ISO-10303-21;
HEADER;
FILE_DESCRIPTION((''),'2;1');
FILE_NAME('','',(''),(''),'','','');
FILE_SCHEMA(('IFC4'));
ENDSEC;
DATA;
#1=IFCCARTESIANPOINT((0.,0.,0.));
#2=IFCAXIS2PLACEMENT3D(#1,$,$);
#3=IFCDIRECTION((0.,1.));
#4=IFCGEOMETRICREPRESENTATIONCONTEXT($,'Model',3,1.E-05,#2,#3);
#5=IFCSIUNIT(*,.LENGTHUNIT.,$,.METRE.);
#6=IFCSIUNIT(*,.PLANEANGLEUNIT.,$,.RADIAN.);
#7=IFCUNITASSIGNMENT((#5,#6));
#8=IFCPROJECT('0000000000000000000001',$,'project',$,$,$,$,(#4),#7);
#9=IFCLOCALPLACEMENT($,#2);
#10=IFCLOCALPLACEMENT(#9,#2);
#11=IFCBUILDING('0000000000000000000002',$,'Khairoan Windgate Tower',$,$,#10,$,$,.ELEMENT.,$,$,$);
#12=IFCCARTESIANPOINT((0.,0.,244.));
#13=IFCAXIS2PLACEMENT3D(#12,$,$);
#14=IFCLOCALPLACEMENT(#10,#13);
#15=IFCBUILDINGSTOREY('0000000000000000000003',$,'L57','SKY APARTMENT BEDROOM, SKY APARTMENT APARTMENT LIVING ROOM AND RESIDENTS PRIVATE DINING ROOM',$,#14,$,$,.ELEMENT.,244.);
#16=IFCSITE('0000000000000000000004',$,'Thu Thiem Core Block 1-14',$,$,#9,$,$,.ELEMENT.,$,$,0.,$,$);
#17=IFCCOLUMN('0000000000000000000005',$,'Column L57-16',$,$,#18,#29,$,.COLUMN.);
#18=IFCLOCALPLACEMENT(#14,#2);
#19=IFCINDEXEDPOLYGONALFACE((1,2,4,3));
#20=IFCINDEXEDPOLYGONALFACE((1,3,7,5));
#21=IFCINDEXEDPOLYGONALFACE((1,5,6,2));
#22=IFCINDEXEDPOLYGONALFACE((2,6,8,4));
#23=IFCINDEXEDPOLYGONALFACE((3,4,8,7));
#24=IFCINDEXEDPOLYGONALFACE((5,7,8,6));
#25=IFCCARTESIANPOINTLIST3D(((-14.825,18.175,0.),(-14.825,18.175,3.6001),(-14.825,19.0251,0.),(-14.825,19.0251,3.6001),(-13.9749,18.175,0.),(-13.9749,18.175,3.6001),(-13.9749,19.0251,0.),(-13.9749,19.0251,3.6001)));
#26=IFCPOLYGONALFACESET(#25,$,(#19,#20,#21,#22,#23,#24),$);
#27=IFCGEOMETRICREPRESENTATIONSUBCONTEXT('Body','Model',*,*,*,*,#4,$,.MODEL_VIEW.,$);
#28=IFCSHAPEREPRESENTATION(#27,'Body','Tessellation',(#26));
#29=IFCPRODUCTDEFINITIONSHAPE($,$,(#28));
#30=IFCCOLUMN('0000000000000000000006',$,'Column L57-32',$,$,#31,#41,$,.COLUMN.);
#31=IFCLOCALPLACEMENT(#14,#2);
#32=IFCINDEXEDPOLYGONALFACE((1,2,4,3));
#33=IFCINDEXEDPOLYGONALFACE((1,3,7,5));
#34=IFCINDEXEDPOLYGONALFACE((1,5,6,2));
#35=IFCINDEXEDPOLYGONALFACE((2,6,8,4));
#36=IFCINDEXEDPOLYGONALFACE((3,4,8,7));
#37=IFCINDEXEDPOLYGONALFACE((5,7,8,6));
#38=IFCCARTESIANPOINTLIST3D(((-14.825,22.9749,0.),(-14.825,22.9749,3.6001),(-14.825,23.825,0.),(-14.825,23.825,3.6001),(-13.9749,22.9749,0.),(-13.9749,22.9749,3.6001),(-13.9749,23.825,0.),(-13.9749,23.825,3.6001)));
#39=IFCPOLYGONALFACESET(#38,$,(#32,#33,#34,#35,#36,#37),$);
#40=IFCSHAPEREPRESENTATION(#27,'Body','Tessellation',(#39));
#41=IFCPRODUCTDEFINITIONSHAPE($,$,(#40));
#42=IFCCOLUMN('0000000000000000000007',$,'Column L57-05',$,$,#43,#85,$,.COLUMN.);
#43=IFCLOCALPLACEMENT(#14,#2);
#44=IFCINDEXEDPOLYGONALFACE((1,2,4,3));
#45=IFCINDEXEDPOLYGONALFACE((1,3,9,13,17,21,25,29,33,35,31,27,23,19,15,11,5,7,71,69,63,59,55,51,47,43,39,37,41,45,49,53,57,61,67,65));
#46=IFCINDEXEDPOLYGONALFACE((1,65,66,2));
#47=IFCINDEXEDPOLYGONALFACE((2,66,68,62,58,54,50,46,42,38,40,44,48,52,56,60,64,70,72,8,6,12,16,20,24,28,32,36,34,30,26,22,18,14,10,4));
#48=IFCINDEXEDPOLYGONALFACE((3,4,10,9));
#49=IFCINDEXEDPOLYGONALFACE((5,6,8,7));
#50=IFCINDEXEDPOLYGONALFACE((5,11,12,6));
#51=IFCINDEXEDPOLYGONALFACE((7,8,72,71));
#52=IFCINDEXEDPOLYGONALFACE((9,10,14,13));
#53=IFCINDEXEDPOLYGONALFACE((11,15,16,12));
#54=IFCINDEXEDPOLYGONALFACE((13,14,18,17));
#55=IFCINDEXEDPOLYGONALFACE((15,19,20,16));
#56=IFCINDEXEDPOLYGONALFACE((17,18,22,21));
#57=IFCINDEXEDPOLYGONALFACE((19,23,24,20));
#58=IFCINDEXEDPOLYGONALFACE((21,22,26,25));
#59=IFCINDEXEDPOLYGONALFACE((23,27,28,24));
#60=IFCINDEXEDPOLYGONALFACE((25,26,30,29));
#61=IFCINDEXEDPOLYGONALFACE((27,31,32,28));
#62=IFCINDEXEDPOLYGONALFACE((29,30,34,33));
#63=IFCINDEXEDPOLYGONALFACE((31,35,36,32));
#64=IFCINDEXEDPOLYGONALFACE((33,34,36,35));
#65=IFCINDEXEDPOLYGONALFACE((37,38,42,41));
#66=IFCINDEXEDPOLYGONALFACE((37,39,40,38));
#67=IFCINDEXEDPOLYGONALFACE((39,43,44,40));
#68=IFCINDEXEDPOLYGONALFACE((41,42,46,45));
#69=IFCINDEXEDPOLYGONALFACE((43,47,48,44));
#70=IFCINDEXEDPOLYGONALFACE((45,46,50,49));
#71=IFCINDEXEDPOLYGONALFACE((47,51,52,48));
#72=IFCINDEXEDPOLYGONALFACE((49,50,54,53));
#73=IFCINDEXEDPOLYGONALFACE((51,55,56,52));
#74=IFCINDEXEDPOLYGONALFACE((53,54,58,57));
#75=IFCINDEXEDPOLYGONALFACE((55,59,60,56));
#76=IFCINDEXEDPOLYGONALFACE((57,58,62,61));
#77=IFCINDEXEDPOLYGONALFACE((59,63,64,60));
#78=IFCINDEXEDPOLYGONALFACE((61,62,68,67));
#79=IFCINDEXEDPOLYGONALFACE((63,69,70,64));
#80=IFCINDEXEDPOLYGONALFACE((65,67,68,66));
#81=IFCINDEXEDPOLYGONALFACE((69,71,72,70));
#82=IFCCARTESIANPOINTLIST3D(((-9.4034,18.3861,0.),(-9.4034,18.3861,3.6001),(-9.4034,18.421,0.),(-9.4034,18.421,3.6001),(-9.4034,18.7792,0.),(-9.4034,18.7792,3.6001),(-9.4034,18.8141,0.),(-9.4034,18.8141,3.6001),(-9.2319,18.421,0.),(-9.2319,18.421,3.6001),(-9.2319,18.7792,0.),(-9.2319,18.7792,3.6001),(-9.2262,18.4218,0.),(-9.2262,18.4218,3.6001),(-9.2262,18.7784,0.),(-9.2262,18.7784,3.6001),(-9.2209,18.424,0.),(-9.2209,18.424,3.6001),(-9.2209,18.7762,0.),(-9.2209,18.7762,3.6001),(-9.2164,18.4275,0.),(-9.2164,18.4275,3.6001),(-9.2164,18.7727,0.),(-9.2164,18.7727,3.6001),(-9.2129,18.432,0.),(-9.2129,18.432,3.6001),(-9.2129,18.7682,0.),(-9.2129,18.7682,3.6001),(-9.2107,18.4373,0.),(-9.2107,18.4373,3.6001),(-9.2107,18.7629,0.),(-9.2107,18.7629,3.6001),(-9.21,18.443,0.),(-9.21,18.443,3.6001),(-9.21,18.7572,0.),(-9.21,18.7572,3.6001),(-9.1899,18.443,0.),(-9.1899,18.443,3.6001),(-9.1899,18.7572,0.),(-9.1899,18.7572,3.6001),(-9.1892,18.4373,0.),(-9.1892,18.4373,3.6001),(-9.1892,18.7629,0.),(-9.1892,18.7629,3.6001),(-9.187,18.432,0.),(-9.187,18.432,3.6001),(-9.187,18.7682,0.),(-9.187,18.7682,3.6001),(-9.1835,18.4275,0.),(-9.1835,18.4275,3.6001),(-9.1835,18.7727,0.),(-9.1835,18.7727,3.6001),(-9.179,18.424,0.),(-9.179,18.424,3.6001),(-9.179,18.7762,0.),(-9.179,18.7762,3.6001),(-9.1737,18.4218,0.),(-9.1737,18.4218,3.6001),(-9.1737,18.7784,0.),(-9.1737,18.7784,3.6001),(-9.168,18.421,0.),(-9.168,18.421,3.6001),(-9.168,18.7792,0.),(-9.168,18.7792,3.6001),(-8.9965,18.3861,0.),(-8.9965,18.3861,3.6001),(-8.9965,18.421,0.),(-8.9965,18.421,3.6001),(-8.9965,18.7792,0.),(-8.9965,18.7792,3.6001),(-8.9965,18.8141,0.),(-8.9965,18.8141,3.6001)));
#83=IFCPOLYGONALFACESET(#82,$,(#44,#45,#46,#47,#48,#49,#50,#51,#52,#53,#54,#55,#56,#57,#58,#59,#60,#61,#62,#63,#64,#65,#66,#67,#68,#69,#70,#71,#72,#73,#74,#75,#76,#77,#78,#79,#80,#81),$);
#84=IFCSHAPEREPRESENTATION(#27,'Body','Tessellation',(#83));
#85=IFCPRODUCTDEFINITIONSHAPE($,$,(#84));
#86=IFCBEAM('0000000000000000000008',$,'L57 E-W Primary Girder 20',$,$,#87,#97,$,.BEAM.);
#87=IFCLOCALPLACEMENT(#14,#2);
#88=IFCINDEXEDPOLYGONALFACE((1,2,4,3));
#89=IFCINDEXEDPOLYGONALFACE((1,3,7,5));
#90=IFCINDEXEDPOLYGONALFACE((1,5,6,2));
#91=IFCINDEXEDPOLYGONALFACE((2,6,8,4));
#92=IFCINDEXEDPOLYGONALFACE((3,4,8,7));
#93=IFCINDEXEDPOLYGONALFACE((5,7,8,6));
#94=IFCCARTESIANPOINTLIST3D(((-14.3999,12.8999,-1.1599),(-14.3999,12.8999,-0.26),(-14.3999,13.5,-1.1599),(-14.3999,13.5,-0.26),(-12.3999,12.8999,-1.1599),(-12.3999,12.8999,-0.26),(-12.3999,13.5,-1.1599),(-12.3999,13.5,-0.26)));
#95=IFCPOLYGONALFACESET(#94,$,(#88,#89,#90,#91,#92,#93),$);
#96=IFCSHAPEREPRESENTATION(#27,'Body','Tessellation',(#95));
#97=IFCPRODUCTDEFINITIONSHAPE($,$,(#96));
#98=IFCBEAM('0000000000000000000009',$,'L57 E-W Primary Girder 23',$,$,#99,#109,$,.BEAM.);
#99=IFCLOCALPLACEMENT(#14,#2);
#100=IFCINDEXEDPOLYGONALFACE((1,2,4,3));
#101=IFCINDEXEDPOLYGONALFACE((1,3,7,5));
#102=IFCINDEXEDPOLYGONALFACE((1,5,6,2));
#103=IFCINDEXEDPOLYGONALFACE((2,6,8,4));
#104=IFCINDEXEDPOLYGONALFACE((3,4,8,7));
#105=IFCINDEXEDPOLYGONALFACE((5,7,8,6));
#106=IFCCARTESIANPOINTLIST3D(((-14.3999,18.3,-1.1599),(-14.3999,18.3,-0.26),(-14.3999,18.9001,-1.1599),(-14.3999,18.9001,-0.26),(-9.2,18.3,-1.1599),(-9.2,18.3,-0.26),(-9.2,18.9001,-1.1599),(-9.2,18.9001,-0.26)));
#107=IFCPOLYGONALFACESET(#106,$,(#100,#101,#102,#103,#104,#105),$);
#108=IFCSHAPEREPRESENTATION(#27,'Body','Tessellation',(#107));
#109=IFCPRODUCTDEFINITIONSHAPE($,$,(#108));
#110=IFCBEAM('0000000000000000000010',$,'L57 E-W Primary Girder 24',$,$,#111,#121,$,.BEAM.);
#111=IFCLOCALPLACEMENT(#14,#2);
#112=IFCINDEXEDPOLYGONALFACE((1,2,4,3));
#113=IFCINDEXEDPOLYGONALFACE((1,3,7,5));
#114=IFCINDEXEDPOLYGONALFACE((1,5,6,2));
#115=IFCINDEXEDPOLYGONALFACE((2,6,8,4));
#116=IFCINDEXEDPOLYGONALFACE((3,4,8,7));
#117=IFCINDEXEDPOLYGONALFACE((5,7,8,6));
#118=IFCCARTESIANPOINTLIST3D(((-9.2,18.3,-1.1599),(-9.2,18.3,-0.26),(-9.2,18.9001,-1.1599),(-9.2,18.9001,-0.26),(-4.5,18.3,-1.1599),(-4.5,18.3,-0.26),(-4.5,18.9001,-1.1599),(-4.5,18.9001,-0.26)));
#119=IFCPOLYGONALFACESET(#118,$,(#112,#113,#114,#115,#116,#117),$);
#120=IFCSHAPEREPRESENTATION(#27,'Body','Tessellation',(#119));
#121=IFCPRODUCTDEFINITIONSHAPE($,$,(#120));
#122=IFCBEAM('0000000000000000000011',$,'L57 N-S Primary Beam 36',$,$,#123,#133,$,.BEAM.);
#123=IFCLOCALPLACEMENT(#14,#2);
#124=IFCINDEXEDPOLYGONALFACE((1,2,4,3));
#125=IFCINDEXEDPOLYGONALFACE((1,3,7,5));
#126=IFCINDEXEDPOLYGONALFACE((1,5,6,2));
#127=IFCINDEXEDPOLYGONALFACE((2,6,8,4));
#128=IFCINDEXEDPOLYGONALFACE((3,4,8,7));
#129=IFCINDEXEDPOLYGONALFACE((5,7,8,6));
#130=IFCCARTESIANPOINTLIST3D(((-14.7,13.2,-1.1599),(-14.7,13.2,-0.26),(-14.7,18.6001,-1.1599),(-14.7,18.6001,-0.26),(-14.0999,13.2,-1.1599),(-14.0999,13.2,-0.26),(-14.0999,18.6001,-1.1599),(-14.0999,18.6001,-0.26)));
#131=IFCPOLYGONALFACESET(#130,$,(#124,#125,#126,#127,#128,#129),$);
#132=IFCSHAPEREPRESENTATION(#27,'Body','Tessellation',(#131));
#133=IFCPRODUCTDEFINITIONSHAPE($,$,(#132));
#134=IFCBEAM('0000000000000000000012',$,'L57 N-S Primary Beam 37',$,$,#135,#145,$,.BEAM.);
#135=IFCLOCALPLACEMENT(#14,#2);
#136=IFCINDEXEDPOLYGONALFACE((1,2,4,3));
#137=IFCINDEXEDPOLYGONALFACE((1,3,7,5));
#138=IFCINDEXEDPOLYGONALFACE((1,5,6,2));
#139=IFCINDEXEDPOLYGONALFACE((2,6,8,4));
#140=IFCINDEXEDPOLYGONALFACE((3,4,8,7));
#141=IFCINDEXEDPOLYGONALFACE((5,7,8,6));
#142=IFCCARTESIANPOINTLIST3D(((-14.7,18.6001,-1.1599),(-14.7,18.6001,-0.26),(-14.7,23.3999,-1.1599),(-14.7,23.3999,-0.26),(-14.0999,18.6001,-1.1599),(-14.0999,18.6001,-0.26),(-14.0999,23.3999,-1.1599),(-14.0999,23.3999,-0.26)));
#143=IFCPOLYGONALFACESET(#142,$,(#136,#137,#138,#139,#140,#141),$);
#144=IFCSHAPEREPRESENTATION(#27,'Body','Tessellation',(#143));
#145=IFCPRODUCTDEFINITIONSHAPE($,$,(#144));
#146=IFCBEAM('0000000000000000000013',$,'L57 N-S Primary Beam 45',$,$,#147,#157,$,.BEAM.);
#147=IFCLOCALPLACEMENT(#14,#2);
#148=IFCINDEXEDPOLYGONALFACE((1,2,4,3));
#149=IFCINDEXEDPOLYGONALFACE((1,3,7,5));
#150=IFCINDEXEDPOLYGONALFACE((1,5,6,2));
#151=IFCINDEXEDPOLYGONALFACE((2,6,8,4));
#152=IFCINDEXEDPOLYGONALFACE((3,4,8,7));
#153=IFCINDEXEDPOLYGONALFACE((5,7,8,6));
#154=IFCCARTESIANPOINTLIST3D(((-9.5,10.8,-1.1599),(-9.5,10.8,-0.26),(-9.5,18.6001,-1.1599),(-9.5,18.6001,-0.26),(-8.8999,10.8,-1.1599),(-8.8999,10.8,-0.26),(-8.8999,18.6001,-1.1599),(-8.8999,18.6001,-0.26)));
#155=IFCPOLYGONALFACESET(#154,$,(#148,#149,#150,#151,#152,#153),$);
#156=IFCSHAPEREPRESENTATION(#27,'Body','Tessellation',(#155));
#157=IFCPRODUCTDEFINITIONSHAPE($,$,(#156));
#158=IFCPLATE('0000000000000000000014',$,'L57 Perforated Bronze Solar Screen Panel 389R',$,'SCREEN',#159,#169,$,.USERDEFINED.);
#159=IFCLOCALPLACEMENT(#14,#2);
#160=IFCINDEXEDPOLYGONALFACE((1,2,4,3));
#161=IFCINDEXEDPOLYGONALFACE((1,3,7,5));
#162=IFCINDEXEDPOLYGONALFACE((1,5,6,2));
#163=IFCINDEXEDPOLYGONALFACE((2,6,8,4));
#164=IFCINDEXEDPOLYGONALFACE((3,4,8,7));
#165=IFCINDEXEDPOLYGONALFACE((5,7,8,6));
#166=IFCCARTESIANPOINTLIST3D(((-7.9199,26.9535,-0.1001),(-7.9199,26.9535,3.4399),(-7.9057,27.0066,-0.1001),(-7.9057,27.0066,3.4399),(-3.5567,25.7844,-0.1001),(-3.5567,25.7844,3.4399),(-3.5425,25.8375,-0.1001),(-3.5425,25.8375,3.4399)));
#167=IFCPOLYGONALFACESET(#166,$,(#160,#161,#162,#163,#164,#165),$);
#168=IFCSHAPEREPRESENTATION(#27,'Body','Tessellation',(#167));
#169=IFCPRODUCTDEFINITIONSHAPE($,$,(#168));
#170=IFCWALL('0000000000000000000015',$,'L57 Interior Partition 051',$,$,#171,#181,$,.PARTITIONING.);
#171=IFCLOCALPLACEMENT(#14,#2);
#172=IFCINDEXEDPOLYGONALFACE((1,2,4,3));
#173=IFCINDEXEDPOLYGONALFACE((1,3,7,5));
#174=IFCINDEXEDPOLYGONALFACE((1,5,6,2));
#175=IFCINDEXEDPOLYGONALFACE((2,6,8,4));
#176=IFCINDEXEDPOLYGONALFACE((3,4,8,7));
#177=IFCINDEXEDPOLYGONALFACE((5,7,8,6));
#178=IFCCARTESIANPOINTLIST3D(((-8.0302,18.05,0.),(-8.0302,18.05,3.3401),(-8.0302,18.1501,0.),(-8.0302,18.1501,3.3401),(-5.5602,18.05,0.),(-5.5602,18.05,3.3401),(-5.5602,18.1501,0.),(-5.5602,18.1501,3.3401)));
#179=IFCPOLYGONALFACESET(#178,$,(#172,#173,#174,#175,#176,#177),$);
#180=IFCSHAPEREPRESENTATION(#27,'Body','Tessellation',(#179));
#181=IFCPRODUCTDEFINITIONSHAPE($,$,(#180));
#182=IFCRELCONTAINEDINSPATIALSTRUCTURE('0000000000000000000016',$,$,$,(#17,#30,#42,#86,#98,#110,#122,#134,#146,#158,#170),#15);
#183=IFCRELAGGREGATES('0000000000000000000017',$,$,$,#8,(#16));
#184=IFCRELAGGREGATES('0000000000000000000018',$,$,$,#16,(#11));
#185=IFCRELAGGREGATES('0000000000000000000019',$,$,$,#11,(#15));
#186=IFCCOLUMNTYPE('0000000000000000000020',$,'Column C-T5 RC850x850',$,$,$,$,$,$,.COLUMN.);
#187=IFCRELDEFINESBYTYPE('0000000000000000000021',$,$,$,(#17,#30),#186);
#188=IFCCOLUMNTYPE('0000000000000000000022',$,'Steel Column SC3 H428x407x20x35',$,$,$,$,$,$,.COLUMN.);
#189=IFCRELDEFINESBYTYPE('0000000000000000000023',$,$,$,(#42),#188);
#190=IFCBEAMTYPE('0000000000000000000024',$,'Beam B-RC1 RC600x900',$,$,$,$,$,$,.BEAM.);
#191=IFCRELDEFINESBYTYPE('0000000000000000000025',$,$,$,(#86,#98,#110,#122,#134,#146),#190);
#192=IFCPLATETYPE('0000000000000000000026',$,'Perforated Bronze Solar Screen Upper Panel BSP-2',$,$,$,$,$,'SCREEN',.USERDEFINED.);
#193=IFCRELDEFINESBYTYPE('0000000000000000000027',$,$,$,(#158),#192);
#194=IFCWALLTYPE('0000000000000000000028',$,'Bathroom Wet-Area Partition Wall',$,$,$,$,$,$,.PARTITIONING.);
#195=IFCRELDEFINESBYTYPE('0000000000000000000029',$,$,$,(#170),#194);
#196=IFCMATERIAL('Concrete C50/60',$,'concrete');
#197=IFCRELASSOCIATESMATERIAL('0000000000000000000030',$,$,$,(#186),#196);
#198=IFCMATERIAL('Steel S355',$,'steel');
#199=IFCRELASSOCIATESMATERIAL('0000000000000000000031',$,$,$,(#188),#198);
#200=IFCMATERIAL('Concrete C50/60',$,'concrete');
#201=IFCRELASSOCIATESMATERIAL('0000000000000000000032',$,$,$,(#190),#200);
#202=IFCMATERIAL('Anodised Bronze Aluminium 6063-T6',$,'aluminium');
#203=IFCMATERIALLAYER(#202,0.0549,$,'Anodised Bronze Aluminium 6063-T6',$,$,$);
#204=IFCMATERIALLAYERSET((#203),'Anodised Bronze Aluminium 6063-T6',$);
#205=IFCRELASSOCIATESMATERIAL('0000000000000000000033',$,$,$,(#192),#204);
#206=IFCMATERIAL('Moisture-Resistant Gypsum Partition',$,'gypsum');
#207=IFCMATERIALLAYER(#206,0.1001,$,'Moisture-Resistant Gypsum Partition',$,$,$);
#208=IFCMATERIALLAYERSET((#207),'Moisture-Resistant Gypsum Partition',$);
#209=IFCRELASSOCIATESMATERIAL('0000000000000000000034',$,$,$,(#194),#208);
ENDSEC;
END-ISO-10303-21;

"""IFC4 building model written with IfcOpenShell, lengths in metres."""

from ifc_helpers import new_model, si_unit, direction, frame, frame_2d, origin, origin_2d, place, context, subcontext, project, spatial, rectangle, i_section, extrude, material, layer, layer_set, material_profile, profile_set, type_object, element, save


model = new_model("IFC4")

# Units and contexts
model_context = context("Model", 3, precision=1e-05, world=origin(), true_north=direction((0.0, 1.0)))
body_context = subcontext(model_context, "Body", "Model", "MODEL_VIEW")
ifc_project = project(units=[si_unit("LENGTHUNIT", "METRE"), si_unit("PLANEANGLEUNIT", "RADIAN")], contexts=[model_context])

# Site, building, storey
site_placement = place(None, origin())
site = spatial("IfcSite", under=ifc_project, at=site_placement, Name="Thu Thiem Core Block 1-14", CompositionType="ELEMENT", RefElevation=0.0)
building_placement = place(site_placement, origin())
building = spatial("IfcBuilding", under=site, at=building_placement, Name="Khairoan Windgate Tower", CompositionType="ELEMENT")
storey_placement = place(building_placement, frame((0.0, 0.0, 244.0)))
storey = spatial("IfcBuildingStorey", under=building, at=storey_placement, Name="L57", Description="SKY APARTMENT BEDROOM, SKY APARTMENT APARTMENT LIVING ROOM AND RESIDENTS PRIVATE DINING ROOM", CompositionType="ELEMENT", Elevation=244.0)

# Columns
ifc_material_1 = material(Name="Concrete C50/60", Category="concrete")
ifc_material_profile_1 = material_profile(ifc_material_1, rectangle(XDim=0.8501, YDim=0.8501, at=origin_2d()))
ifc_profile_set_1 = profile_set([ifc_material_profile_1], Name="Concrete C50/60")
column_type_1 = type_object("IfcColumnType", Name="Column C-T5 RC850x850", PredefinedType="COLUMN", material=ifc_profile_set_1)
for number, where, z_axis, x_axis, name in (
    (1, (-14.3999, 18.6001, 0.0), (0.0, 0.0, 1.0), (1.0, 0.0, 0.0), "Column L57-16"),
    (2, (-14.3999, 23.3999, 0.0), (0.0, 0.0, 1.0), (1.0, 0.0, 0.0), "Column L57-32"),
):
    element("IfcColumn", number, at=place(storey_placement, frame(where, z_axis=z_axis, x_axis=x_axis)), inside=storey, type_object=column_type_1, Name=name, PredefinedType="COLUMN", context=body_context, shape_type="SweptSolid", body=[
        extrude(rectangle(XDim=0.8501, YDim=0.8501, at=origin_2d()), origin(), (0.0, 0.0, 1.0), 3.6001),
    ])
ifc_material_2 = material(Name="Steel S355", Category="steel")
ifc_material_profile_2 = material_profile(ifc_material_2, i_section(OverallWidth=0.407, OverallDepth=0.428, WebThickness=0.02, FlangeThickness=0.0349, FilletRadius=0.022, at=origin_2d()))
ifc_profile_set_2 = profile_set([ifc_material_profile_2], Name="Steel S355")
column_type_2 = type_object("IfcColumnType", Name="Steel Column SC3 H428x407x20x35", PredefinedType="COLUMN", material=ifc_profile_set_2)
column_placement = place(storey_placement, frame((-9.2, 18.6001, 0.0), z_axis=(0.0, 0.0, 1.0), x_axis=(1.0, 0.0, 0.0)))
element("IfcColumn", 3, at=column_placement, inside=storey, type_object=column_type_2, Name="Column L57-05", PredefinedType="COLUMN", context=body_context, shape_type="SweptSolid", body=[
    extrude(i_section(OverallWidth=0.407, OverallDepth=0.428, WebThickness=0.02, FlangeThickness=0.0349, FilletRadius=0.022, at=origin_2d()), origin(), (0.0, 0.0, 1.0), 3.6001),
])

# Beams
ifc_material_3 = material(Name="Concrete C50/60", Category="concrete")
ifc_material_profile_3 = material_profile(ifc_material_3, rectangle(XDim=0.6001, YDim=0.8999, at=origin_2d()))
ifc_profile_set_3 = profile_set([ifc_material_profile_3], Name="Concrete C50/60")
beam_type = type_object("IfcBeamType", Name="Beam B-RC1 RC600x900", PredefinedType="BEAM", material=ifc_profile_set_3)
beam_1_placement = place(storey_placement, frame((-14.3999, 13.2, -0.71), z_axis=(1.0, 0.0, 0.0), x_axis=(0.0, 1.0, 0.0)))
element("IfcBeam", 4, at=beam_1_placement, inside=storey, type_object=beam_type, Name="L57 E-W Primary Girder 20", PredefinedType="BEAM", context=body_context, shape_type="SweptSolid", body=[
    extrude(rectangle(XDim=0.6001, YDim=0.8999, at=origin_2d()), origin(), (0.0, 0.0, 1.0), 2.0),
])
beam_2_placement = place(storey_placement, frame((-14.3999, 18.6001, -0.71), z_axis=(1.0, 0.0, 0.0), x_axis=(0.0, 1.0, 0.0)))
element("IfcBeam", 5, at=beam_2_placement, inside=storey, type_object=beam_type, Name="L57 E-W Primary Girder 23", PredefinedType="BEAM", context=body_context, shape_type="SweptSolid", body=[
    extrude(rectangle(XDim=0.6001, YDim=0.8999, at=origin_2d()), origin(), (0.0, 0.0, 1.0), 5.2),
])
beam_3_placement = place(storey_placement, frame((-9.2, 18.6001, -0.71), z_axis=(1.0, 0.0, 0.0), x_axis=(0.0, 1.0, 0.0)))
element("IfcBeam", 6, at=beam_3_placement, inside=storey, type_object=beam_type, Name="L57 E-W Primary Girder 24", PredefinedType="BEAM", context=body_context, shape_type="SweptSolid", body=[
    extrude(rectangle(XDim=0.6001, YDim=0.8999, at=origin_2d()), origin(), (0.0, 0.0, 1.0), 4.7),
])
beam_4_placement = place(storey_placement, frame((-14.3999, 13.2, -0.71), z_axis=(0.0, 1.0, 0.0), x_axis=(-1.0, 0.0, 0.0)))
element("IfcBeam", 7, at=beam_4_placement, inside=storey, type_object=beam_type, Name="L57 N-S Primary Beam 36", PredefinedType="BEAM", context=body_context, shape_type="SweptSolid", body=[
    extrude(rectangle(XDim=0.6001, YDim=0.8999, at=origin_2d()), origin(), (0.0, 0.0, 1.0), 5.4001),
])
beam_5_placement = place(storey_placement, frame((-14.3999, 18.6001, -0.71), z_axis=(0.0, 1.0, 0.0), x_axis=(-1.0, 0.0, 0.0)))
element("IfcBeam", 8, at=beam_5_placement, inside=storey, type_object=beam_type, Name="L57 N-S Primary Beam 37", PredefinedType="BEAM", context=body_context, shape_type="SweptSolid", body=[
    extrude(rectangle(XDim=0.6001, YDim=0.8999, at=origin_2d()), origin(), (0.0, 0.0, 1.0), 4.7998),
])
beam_6_placement = place(storey_placement, frame((-9.2, 10.8, -0.71), z_axis=(0.0, 1.0, 0.0), x_axis=(-1.0, 0.0, 0.0)))
element("IfcBeam", 9, at=beam_6_placement, inside=storey, type_object=beam_type, Name="L57 N-S Primary Beam 45", PredefinedType="BEAM", context=body_context, shape_type="SweptSolid", body=[
    extrude(rectangle(XDim=0.6001, YDim=0.8999, at=origin_2d()), origin(), (0.0, 0.0, 1.0), 7.8),
])

# Plate
ifc_material_4 = material(Name="Anodised Bronze Aluminium 6063-T6", Category="aluminium")
ifc_layer_1 = layer(ifc_material_4, 0.0549, Name="Anodised Bronze Aluminium 6063-T6")
ifc_layer_set_1 = layer_set([ifc_layer_1], Name="Anodised Bronze Aluminium 6063-T6")
plate_type = type_object("IfcPlateType", Name="Perforated Bronze Solar Screen Upper Panel BSP-2", ElementType="SCREEN", PredefinedType="USERDEFINED", material=ifc_layer_set_1)
plate_placement = place(storey_placement, frame((-5.7312, 26.3955, -0.1001), z_axis=(0.0, 0.0, 1.0), x_axis=(0.965926, -0.258819, 0.0)))
element("IfcPlate", 10, at=plate_placement, inside=storey, type_object=plate_type, Name="L57 Perforated Bronze Solar Screen Panel 389R", ObjectType="SCREEN", PredefinedType="USERDEFINED", context=body_context, shape_type="SweptSolid", body=[
    extrude(rectangle(XDim=4.5171, YDim=0.0549, at=origin_2d()), origin(), (0.0, 0.0, 1.0), 3.54),
])

# Wall
ifc_material_5 = material(Name="Moisture-Resistant Gypsum Partition", Category="gypsum")
ifc_layer_2 = layer(ifc_material_5, 0.1001, Name="Moisture-Resistant Gypsum Partition")
ifc_layer_set_2 = layer_set([ifc_layer_2], Name="Moisture-Resistant Gypsum Partition")
wall_type_1 = type_object("IfcWallType", Name="Bathroom Wet-Area Partition Wall", PredefinedType="PARTITIONING", material=ifc_layer_set_2)
wall_1_placement = place(storey_placement, frame((-8.03, 18.1001, 0.0), z_axis=(0.0, 0.0, 1.0), x_axis=(1.0, 0.0, 0.0)))
element("IfcWall", 11, at=wall_1_placement, inside=storey, type_object=wall_type_1, Name="L57 Interior Partition 051", PredefinedType="PARTITIONING", context=body_context, shape_type="SweptSolid", body=[
    extrude(rectangle(XDim=2.47, YDim=0.1001, at=frame_2d((1.2349, 0.0))), origin(), (0.0, 0.0, 1.0), 3.3401),
])

save(model, "model.ifc")
